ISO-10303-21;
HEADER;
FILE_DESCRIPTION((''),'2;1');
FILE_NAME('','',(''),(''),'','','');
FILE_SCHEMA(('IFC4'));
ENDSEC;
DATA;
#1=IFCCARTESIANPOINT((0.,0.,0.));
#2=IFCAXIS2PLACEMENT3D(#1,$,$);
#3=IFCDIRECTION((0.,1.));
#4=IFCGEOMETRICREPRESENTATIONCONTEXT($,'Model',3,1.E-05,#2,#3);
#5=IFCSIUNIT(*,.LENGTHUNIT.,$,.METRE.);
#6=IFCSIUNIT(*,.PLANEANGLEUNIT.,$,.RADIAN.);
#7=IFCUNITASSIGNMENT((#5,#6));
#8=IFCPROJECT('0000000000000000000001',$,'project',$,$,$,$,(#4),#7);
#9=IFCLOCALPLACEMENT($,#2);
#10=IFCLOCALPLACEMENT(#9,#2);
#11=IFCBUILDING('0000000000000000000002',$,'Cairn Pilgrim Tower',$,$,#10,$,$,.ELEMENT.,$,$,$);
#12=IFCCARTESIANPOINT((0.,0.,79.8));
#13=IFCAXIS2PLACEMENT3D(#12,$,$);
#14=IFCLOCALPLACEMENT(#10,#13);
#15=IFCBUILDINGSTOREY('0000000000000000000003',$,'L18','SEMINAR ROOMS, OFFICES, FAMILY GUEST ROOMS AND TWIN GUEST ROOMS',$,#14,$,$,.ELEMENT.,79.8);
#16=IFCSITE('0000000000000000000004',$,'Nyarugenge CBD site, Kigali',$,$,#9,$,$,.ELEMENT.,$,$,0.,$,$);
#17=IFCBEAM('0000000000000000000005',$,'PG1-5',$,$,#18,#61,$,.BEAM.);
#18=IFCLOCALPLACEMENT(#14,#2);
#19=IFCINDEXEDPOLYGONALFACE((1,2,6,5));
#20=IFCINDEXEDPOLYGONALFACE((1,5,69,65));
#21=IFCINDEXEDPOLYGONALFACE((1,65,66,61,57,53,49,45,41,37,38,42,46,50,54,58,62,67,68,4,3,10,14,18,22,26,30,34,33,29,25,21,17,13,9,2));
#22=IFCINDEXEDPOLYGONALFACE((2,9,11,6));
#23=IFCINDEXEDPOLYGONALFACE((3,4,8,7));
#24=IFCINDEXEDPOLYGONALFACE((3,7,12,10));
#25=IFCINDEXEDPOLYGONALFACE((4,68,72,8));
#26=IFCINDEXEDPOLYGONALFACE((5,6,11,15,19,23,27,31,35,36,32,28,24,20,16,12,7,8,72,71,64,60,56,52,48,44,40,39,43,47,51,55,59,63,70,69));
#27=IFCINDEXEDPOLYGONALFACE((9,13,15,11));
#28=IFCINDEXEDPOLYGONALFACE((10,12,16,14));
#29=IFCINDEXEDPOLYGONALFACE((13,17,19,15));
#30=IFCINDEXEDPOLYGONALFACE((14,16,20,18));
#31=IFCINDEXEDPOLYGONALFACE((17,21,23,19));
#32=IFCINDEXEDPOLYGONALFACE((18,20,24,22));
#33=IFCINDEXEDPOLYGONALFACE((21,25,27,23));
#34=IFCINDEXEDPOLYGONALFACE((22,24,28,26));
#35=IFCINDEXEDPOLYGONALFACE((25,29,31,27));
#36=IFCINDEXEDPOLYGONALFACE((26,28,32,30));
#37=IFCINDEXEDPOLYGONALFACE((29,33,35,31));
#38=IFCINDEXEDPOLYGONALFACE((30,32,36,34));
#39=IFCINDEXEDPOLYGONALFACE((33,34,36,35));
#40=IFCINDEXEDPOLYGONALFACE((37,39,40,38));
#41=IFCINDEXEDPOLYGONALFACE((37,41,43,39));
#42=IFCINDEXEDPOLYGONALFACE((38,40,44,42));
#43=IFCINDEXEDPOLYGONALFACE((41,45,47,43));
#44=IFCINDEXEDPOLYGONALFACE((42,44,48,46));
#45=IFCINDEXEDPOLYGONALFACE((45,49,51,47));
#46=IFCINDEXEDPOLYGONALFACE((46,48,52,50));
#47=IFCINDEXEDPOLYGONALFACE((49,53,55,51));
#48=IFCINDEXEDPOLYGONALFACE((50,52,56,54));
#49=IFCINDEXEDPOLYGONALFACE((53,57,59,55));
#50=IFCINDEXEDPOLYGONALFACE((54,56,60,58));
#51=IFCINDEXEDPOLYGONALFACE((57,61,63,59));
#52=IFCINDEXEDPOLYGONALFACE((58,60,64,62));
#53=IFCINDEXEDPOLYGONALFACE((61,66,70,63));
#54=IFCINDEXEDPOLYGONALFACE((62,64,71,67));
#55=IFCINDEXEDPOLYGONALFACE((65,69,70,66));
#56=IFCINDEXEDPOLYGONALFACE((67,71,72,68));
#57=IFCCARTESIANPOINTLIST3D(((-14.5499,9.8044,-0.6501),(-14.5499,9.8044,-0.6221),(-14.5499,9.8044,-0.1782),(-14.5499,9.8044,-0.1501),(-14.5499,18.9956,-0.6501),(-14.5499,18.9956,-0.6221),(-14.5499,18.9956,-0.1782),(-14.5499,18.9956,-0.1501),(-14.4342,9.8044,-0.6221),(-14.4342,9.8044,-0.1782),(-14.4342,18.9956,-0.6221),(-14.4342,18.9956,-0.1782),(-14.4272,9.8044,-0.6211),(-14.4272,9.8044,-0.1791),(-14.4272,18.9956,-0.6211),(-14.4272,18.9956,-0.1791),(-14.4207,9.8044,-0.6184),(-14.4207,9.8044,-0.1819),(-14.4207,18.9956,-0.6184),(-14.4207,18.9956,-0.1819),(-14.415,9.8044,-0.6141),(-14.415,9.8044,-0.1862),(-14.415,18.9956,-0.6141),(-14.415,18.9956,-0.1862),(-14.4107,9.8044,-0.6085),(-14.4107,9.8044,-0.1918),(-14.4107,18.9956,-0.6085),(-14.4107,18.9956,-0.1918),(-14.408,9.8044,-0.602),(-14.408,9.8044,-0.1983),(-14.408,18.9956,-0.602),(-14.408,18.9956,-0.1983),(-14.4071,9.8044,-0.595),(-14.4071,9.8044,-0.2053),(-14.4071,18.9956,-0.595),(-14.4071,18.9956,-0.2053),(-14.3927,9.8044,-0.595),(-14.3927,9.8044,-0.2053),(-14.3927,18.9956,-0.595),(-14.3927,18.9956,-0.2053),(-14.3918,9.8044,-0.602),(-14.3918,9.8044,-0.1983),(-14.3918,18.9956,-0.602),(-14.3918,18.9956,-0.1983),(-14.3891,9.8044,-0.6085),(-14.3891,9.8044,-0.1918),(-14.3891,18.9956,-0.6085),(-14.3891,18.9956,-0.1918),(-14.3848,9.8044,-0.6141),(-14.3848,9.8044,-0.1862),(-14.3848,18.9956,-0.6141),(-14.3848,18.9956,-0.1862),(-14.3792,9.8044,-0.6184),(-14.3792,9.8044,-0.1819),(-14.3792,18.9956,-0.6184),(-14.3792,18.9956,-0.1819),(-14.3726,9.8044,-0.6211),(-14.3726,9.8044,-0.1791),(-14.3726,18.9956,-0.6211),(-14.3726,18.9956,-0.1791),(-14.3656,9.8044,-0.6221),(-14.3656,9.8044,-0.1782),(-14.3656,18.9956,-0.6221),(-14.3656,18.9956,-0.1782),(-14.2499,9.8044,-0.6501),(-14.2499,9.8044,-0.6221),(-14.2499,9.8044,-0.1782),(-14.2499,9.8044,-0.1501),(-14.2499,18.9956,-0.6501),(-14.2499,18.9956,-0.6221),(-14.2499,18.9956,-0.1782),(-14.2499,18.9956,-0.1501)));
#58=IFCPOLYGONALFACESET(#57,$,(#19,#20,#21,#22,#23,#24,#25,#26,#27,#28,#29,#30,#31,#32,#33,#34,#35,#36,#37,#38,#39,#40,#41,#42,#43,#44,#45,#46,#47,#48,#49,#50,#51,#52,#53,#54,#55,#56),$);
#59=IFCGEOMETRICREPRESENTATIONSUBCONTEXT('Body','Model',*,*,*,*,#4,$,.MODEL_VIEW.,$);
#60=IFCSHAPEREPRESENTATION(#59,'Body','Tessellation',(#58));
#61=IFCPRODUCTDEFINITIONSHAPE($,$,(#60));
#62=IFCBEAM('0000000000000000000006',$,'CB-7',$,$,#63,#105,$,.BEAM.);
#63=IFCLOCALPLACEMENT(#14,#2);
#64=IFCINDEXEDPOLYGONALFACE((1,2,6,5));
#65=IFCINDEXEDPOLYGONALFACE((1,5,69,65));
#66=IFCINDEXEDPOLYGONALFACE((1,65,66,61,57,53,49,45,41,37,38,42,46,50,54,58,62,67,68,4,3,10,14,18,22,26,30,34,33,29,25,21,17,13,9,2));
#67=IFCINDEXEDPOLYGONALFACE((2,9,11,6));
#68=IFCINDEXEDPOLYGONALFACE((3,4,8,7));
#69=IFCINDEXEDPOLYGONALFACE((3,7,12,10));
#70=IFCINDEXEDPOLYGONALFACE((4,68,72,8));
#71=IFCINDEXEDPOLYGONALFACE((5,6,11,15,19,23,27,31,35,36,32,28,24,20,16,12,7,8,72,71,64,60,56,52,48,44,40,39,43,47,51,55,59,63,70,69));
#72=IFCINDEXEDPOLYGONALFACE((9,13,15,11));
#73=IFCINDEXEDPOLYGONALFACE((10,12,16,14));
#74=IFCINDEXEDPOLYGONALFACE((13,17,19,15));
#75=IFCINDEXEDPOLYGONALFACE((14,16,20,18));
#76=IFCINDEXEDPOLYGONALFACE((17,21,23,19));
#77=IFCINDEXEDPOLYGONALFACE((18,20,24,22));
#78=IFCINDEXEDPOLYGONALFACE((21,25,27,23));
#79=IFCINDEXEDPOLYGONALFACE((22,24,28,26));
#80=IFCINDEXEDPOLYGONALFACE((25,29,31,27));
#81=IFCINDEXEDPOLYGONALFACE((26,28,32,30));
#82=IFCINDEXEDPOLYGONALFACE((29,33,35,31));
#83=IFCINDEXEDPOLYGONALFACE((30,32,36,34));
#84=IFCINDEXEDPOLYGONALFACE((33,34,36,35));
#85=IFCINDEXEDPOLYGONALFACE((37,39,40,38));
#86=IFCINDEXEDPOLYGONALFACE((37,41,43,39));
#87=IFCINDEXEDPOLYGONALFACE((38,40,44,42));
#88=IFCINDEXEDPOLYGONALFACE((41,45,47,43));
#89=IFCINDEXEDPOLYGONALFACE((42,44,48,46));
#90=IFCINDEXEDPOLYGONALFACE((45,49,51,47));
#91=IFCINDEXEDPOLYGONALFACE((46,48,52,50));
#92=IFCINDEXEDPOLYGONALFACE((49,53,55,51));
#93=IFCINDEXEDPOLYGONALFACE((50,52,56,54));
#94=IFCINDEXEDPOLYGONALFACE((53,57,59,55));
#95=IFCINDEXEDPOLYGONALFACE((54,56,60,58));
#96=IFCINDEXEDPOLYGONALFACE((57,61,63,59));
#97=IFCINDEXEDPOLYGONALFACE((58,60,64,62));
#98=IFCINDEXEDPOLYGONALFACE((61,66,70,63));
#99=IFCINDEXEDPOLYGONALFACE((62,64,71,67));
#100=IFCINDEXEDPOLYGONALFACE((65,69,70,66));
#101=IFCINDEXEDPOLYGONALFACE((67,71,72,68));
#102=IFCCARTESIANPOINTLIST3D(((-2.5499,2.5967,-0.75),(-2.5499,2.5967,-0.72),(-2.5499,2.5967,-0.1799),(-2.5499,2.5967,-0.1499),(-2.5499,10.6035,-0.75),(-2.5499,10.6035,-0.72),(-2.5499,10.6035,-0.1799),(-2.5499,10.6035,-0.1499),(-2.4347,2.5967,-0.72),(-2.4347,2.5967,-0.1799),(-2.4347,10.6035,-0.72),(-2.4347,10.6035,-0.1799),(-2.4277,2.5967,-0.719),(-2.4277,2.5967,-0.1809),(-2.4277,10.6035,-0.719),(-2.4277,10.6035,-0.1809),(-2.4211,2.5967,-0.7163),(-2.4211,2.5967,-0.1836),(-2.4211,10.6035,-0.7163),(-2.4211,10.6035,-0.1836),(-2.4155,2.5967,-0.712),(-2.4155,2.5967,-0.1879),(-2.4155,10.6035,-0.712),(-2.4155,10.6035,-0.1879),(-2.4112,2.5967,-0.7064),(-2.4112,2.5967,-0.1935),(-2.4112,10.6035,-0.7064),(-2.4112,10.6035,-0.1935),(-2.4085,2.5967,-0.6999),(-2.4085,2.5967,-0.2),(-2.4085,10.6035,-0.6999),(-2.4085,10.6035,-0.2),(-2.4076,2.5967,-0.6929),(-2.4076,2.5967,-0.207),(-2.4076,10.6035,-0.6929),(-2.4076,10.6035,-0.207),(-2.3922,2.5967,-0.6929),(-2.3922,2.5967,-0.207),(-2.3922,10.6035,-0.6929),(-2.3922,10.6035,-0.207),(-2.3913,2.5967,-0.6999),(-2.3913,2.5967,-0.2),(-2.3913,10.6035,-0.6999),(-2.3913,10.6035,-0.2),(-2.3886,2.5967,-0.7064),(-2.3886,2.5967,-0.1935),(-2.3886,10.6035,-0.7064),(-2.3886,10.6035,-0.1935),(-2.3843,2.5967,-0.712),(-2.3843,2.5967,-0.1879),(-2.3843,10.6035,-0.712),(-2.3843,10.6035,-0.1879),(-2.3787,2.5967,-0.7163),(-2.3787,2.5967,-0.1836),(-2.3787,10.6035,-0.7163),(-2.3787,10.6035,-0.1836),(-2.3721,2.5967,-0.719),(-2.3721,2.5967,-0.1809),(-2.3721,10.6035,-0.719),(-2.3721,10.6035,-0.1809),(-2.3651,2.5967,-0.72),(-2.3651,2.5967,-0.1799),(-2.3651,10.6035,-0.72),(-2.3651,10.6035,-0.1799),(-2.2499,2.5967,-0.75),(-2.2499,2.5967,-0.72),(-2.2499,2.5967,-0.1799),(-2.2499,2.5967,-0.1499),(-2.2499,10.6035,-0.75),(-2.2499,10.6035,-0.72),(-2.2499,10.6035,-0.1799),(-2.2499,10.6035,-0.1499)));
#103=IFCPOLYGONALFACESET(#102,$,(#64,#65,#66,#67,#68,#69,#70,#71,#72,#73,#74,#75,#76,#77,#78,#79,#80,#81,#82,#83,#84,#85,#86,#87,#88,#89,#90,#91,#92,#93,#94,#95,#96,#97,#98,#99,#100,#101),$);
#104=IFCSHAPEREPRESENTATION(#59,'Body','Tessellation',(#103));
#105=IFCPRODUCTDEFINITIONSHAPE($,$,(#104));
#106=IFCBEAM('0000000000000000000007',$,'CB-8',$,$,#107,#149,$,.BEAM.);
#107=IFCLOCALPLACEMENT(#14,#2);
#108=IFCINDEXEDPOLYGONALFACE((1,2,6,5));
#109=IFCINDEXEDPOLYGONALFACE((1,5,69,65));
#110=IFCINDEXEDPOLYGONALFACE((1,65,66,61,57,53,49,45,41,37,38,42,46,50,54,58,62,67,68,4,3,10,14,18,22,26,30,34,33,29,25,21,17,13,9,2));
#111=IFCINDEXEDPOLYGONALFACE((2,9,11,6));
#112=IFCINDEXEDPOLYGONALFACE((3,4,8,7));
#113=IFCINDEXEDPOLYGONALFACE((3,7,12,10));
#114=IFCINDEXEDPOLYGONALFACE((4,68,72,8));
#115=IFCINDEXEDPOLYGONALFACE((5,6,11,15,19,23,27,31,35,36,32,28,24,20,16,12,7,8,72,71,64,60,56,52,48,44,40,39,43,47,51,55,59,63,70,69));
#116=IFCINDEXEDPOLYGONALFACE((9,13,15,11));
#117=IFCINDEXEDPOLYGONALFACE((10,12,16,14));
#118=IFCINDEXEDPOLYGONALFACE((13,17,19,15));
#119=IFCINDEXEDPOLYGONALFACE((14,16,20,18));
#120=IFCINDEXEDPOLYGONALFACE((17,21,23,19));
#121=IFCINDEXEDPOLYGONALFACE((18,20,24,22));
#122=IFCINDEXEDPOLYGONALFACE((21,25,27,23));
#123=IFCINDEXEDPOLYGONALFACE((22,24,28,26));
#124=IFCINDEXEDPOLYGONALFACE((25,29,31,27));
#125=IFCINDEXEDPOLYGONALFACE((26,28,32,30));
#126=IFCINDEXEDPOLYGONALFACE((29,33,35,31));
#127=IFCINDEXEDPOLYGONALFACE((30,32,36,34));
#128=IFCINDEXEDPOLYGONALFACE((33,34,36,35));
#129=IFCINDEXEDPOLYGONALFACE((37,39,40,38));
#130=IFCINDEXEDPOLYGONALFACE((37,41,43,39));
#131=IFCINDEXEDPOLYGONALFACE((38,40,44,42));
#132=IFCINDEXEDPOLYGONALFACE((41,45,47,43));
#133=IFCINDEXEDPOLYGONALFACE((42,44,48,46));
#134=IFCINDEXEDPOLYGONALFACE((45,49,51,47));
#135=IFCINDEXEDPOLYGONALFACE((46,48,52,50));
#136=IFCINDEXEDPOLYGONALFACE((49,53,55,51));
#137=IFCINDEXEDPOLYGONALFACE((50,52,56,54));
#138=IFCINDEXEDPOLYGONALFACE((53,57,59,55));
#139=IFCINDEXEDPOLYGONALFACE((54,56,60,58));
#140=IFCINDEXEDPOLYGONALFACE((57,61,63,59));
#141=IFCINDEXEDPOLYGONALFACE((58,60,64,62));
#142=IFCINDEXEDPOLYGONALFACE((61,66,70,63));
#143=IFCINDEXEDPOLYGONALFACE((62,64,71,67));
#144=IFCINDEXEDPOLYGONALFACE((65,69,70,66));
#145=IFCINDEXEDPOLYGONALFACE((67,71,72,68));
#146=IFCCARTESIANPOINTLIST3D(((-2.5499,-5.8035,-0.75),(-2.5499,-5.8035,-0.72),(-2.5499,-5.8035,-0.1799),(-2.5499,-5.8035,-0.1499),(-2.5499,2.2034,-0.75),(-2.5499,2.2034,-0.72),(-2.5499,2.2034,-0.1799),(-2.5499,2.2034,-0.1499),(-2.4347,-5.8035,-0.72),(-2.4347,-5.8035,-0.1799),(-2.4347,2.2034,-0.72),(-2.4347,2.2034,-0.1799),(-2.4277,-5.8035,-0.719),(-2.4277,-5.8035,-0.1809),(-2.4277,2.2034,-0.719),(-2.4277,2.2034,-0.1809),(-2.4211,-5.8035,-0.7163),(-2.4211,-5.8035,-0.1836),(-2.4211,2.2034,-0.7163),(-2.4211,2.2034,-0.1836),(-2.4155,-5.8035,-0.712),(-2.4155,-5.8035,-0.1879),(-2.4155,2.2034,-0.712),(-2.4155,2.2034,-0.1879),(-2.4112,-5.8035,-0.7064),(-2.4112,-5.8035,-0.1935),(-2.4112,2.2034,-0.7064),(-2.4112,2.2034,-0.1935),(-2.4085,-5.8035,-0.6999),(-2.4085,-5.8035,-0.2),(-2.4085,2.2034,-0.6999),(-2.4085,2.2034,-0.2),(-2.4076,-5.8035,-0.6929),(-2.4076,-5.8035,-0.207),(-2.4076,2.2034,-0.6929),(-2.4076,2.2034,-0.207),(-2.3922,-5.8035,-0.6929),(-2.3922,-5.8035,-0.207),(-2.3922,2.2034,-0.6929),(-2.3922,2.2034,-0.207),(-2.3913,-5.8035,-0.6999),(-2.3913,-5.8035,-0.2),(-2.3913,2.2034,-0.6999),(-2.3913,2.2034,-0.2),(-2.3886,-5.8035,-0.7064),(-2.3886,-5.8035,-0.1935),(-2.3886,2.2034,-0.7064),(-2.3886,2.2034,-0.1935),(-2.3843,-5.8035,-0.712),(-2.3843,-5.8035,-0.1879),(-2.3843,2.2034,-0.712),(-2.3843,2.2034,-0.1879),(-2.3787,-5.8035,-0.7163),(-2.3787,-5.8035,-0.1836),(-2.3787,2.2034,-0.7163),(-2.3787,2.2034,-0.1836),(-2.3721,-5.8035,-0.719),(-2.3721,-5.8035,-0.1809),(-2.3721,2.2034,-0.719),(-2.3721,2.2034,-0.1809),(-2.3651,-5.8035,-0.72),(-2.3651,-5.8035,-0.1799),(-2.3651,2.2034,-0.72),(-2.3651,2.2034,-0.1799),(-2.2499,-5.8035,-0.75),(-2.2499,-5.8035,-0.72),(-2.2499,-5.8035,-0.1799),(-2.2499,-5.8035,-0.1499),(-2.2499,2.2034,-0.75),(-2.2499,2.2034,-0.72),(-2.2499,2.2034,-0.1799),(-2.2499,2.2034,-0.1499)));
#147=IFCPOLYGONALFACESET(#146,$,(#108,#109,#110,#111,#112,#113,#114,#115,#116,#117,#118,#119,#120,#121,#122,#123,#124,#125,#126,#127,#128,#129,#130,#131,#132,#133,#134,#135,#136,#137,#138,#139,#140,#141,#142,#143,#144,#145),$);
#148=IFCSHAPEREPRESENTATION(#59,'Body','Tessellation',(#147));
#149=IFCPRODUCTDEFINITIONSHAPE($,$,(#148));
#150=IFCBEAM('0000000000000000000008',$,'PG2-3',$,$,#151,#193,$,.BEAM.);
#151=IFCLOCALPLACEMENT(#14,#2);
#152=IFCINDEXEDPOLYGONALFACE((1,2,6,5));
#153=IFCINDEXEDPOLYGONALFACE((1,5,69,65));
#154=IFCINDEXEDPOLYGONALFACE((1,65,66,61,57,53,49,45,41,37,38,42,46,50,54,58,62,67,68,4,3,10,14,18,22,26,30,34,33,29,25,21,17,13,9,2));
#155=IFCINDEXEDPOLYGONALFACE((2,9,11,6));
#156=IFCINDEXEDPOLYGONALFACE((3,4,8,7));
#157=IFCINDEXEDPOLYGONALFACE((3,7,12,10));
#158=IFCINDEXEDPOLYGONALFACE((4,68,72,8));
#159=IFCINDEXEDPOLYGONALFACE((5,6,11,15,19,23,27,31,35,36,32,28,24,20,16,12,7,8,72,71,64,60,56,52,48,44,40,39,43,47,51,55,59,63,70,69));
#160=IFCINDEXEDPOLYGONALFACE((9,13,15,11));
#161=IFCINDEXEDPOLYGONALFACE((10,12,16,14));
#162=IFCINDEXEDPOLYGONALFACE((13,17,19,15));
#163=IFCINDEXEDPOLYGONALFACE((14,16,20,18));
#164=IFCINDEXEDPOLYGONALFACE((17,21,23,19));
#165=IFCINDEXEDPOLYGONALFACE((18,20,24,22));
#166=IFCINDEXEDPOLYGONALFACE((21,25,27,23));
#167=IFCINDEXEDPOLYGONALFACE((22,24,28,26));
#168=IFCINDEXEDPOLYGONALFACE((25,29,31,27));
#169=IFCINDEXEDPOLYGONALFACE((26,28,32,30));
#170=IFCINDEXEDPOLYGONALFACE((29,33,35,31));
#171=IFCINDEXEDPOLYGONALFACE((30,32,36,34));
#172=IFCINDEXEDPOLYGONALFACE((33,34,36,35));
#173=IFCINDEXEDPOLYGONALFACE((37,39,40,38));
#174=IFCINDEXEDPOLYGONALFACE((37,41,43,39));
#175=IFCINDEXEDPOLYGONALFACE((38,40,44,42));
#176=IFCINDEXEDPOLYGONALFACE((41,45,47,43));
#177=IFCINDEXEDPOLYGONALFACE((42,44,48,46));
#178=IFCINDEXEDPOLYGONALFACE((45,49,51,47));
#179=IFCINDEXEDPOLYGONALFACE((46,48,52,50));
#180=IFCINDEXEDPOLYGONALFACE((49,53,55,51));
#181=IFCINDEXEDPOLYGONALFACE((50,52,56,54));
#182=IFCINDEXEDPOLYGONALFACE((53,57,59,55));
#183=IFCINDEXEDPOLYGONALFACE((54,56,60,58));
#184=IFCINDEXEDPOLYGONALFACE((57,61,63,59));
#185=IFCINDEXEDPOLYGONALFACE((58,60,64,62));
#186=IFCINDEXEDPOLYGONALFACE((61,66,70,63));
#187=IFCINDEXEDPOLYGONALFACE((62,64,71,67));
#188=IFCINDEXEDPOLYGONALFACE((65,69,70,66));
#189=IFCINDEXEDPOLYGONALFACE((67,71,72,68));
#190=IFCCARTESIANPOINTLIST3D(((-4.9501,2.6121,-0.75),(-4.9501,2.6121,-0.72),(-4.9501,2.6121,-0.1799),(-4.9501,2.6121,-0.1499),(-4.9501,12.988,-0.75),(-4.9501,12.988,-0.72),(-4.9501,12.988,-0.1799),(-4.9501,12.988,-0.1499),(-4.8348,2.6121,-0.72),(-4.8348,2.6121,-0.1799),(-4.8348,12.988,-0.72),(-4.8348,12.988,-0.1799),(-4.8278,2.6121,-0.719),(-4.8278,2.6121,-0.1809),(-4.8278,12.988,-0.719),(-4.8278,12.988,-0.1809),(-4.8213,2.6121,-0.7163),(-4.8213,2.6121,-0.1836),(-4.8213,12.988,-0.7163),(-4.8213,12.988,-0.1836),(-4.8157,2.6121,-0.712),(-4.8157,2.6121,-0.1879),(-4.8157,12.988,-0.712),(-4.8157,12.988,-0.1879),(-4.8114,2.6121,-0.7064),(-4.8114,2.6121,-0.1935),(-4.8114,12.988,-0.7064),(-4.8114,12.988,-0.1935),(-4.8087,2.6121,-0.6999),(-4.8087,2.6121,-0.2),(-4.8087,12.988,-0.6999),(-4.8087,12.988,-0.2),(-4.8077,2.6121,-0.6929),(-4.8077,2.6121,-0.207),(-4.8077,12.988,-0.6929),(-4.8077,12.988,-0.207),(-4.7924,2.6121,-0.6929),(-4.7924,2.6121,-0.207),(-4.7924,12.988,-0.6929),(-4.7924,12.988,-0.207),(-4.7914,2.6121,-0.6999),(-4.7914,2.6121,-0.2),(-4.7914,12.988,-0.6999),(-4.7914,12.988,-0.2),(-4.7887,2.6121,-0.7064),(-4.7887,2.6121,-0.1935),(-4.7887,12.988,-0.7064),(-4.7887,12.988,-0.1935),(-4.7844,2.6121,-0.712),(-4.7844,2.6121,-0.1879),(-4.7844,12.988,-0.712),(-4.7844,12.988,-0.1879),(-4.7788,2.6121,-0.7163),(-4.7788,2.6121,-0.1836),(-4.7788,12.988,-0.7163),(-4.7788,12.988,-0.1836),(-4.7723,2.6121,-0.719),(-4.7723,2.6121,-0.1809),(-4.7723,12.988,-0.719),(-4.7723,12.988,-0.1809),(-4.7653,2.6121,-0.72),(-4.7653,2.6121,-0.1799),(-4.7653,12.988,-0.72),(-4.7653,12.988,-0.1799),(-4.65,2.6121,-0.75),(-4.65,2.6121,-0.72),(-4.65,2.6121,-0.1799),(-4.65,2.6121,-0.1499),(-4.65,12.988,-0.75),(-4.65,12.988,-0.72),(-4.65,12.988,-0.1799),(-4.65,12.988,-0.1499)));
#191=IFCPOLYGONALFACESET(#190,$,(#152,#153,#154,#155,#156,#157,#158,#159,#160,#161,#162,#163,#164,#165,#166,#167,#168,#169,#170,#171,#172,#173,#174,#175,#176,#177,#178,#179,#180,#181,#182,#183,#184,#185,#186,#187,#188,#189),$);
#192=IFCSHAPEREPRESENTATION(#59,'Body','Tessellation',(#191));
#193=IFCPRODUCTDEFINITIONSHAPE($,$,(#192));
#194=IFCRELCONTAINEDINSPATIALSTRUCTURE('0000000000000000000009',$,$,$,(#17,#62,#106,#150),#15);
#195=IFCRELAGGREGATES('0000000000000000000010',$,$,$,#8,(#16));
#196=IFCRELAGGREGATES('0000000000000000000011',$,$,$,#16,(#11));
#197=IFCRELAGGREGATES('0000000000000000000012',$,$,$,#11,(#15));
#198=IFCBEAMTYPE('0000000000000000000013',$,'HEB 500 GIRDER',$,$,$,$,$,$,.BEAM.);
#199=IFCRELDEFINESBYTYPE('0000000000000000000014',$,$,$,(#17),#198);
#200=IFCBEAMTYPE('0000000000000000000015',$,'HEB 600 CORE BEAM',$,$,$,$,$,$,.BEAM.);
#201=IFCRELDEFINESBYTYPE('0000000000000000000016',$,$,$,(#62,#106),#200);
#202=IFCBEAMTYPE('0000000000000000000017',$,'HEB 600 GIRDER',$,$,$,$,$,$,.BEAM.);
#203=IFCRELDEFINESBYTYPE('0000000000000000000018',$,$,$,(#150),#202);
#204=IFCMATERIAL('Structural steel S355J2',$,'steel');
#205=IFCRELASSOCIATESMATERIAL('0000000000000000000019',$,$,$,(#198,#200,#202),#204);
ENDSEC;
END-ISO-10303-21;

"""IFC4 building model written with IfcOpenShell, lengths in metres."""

from ifc_helpers import new_model, si_unit, direction, frame, origin, origin_2d, place, context, subcontext, project, spatial, i_section, extrude, material, material_profile, profile_set, type_object, element, save


model = new_model("IFC4")

# Units and contexts
model_context = context("Model", 3, precision=1e-05, world=origin(), true_north=direction((0.0, 1.0)))
body_context = subcontext(model_context, "Body", "Model", "MODEL_VIEW")
ifc_project = project(units=[si_unit("LENGTHUNIT", "METRE"), si_unit("PLANEANGLEUNIT", "RADIAN")], contexts=[model_context])

# Site, building, storey
site_placement = place(None, origin())
site = spatial("IfcSite", under=ifc_project, at=site_placement, Name="Nyarugenge CBD site, Kigali", CompositionType="ELEMENT", RefElevation=0.0)
building_placement = place(site_placement, origin())
building = spatial("IfcBuilding", under=site, at=building_placement, Name="Cairn Pilgrim Tower", CompositionType="ELEMENT")
storey_placement = place(building_placement, frame((0.0, 0.0, 79.8)))
storey = spatial("IfcBuildingStorey", under=building, at=storey_placement, Name="L18", Description="SEMINAR ROOMS, OFFICES, FAMILY GUEST ROOMS AND TWIN GUEST ROOMS", CompositionType="ELEMENT", Elevation=79.8)

# Beams
ifc_material_1 = material(Name="Structural steel S355J2", Category="steel")
ifc_material_profile_1 = material_profile(ifc_material_1, i_section(OverallWidth=0.3, OverallDepth=0.5, WebThickness=0.0144, FlangeThickness=0.0281, FilletRadius=0.0271, at=origin_2d()), Name="HEB 500")
ifc_profile_set_1 = profile_set([ifc_material_profile_1], Name="Structural steel S355J2")
beam_type_1 = type_object("IfcBeamType", Name="HEB 500 GIRDER", PredefinedType="BEAM", material=ifc_profile_set_1)
beam_1_placement = place(storey_placement, frame((-14.3999, 9.8044, -0.4001), z_axis=(0.0, 1.0, 0.0), x_axis=(-1.0, 0.0, 0.0)))
element("IfcBeam", 1, at=beam_1_placement, inside=storey, type_object=beam_type_1, Name="PG1-5", PredefinedType="BEAM", context=body_context, shape_type="SweptSolid", body=[
    extrude(i_section(OverallWidth=0.3, OverallDepth=0.5, WebThickness=0.0144, FlangeThickness=0.0281, FilletRadius=0.0271, at=origin_2d()), origin(), (0.0, 0.0, 1.0), 9.1912),
])
ifc_material_profile_2 = material_profile(ifc_material_1, i_section(OverallWidth=0.3, OverallDepth=0.6001, WebThickness=0.0154, FlangeThickness=0.03, FilletRadius=0.0271, at=origin_2d()), Name="HEB 600")
ifc_profile_set_2 = profile_set([ifc_material_profile_2], Name="Structural steel S355J2")
beam_type_2 = type_object("IfcBeamType", Name="HEB 600 CORE BEAM", PredefinedType="BEAM", material=ifc_profile_set_2)
for number, where, z_axis, x_axis, name in (
    (2, (-2.3999, 10.6035, -0.45), (0.0, -1.0, 0.0), (1.0, 0.0, 0.0), "CB-7"),
    (3, (-2.3999, 2.2034, -0.45), (0.0, -1.0, 0.0), (1.0, 0.0, 0.0), "CB-8"),
):
    element("IfcBeam", number, at=place(storey_placement, frame(where, z_axis=z_axis, x_axis=x_axis)), inside=storey, type_object=beam_type_2, Name=name, PredefinedType="BEAM", context=body_context, shape_type="SweptSolid", body=[
        extrude(i_section(OverallWidth=0.3, OverallDepth=0.6001, WebThickness=0.0154, FlangeThickness=0.03, FilletRadius=0.0271, at=origin_2d()), origin(), (0.0, 0.0, 1.0), 8.0068),
    ])
ifc_material_profile_3 = material_profile(ifc_material_1, i_section(OverallWidth=0.3, OverallDepth=0.6001, WebThickness=0.0154, FlangeThickness=0.03, FilletRadius=0.0271, at=origin_2d()), Name="HEB 600")
ifc_profile_set_3 = profile_set([ifc_material_profile_3], Name="Structural steel S355J2")
beam_type_3 = type_object("IfcBeamType", Name="HEB 600 GIRDER", PredefinedType="BEAM", material=ifc_profile_set_3)
beam_2_placement = place(storey_placement, frame((-4.8, 2.6121, -0.45), z_axis=(0.0, 1.0, 0.0), x_axis=(-1.0, 0.0, 0.0)))
element("IfcBeam", 4, at=beam_2_placement, inside=storey, type_object=beam_type_3, Name="PG2-3", PredefinedType="BEAM", context=body_context, shape_type="SweptSolid", body=[
    extrude(i_section(OverallWidth=0.3, OverallDepth=0.6001, WebThickness=0.0154, FlangeThickness=0.03, FilletRadius=0.0271, at=origin_2d()), origin(), (0.0, 0.0, 1.0), 10.376),
])

save(model, "model.ifc")
